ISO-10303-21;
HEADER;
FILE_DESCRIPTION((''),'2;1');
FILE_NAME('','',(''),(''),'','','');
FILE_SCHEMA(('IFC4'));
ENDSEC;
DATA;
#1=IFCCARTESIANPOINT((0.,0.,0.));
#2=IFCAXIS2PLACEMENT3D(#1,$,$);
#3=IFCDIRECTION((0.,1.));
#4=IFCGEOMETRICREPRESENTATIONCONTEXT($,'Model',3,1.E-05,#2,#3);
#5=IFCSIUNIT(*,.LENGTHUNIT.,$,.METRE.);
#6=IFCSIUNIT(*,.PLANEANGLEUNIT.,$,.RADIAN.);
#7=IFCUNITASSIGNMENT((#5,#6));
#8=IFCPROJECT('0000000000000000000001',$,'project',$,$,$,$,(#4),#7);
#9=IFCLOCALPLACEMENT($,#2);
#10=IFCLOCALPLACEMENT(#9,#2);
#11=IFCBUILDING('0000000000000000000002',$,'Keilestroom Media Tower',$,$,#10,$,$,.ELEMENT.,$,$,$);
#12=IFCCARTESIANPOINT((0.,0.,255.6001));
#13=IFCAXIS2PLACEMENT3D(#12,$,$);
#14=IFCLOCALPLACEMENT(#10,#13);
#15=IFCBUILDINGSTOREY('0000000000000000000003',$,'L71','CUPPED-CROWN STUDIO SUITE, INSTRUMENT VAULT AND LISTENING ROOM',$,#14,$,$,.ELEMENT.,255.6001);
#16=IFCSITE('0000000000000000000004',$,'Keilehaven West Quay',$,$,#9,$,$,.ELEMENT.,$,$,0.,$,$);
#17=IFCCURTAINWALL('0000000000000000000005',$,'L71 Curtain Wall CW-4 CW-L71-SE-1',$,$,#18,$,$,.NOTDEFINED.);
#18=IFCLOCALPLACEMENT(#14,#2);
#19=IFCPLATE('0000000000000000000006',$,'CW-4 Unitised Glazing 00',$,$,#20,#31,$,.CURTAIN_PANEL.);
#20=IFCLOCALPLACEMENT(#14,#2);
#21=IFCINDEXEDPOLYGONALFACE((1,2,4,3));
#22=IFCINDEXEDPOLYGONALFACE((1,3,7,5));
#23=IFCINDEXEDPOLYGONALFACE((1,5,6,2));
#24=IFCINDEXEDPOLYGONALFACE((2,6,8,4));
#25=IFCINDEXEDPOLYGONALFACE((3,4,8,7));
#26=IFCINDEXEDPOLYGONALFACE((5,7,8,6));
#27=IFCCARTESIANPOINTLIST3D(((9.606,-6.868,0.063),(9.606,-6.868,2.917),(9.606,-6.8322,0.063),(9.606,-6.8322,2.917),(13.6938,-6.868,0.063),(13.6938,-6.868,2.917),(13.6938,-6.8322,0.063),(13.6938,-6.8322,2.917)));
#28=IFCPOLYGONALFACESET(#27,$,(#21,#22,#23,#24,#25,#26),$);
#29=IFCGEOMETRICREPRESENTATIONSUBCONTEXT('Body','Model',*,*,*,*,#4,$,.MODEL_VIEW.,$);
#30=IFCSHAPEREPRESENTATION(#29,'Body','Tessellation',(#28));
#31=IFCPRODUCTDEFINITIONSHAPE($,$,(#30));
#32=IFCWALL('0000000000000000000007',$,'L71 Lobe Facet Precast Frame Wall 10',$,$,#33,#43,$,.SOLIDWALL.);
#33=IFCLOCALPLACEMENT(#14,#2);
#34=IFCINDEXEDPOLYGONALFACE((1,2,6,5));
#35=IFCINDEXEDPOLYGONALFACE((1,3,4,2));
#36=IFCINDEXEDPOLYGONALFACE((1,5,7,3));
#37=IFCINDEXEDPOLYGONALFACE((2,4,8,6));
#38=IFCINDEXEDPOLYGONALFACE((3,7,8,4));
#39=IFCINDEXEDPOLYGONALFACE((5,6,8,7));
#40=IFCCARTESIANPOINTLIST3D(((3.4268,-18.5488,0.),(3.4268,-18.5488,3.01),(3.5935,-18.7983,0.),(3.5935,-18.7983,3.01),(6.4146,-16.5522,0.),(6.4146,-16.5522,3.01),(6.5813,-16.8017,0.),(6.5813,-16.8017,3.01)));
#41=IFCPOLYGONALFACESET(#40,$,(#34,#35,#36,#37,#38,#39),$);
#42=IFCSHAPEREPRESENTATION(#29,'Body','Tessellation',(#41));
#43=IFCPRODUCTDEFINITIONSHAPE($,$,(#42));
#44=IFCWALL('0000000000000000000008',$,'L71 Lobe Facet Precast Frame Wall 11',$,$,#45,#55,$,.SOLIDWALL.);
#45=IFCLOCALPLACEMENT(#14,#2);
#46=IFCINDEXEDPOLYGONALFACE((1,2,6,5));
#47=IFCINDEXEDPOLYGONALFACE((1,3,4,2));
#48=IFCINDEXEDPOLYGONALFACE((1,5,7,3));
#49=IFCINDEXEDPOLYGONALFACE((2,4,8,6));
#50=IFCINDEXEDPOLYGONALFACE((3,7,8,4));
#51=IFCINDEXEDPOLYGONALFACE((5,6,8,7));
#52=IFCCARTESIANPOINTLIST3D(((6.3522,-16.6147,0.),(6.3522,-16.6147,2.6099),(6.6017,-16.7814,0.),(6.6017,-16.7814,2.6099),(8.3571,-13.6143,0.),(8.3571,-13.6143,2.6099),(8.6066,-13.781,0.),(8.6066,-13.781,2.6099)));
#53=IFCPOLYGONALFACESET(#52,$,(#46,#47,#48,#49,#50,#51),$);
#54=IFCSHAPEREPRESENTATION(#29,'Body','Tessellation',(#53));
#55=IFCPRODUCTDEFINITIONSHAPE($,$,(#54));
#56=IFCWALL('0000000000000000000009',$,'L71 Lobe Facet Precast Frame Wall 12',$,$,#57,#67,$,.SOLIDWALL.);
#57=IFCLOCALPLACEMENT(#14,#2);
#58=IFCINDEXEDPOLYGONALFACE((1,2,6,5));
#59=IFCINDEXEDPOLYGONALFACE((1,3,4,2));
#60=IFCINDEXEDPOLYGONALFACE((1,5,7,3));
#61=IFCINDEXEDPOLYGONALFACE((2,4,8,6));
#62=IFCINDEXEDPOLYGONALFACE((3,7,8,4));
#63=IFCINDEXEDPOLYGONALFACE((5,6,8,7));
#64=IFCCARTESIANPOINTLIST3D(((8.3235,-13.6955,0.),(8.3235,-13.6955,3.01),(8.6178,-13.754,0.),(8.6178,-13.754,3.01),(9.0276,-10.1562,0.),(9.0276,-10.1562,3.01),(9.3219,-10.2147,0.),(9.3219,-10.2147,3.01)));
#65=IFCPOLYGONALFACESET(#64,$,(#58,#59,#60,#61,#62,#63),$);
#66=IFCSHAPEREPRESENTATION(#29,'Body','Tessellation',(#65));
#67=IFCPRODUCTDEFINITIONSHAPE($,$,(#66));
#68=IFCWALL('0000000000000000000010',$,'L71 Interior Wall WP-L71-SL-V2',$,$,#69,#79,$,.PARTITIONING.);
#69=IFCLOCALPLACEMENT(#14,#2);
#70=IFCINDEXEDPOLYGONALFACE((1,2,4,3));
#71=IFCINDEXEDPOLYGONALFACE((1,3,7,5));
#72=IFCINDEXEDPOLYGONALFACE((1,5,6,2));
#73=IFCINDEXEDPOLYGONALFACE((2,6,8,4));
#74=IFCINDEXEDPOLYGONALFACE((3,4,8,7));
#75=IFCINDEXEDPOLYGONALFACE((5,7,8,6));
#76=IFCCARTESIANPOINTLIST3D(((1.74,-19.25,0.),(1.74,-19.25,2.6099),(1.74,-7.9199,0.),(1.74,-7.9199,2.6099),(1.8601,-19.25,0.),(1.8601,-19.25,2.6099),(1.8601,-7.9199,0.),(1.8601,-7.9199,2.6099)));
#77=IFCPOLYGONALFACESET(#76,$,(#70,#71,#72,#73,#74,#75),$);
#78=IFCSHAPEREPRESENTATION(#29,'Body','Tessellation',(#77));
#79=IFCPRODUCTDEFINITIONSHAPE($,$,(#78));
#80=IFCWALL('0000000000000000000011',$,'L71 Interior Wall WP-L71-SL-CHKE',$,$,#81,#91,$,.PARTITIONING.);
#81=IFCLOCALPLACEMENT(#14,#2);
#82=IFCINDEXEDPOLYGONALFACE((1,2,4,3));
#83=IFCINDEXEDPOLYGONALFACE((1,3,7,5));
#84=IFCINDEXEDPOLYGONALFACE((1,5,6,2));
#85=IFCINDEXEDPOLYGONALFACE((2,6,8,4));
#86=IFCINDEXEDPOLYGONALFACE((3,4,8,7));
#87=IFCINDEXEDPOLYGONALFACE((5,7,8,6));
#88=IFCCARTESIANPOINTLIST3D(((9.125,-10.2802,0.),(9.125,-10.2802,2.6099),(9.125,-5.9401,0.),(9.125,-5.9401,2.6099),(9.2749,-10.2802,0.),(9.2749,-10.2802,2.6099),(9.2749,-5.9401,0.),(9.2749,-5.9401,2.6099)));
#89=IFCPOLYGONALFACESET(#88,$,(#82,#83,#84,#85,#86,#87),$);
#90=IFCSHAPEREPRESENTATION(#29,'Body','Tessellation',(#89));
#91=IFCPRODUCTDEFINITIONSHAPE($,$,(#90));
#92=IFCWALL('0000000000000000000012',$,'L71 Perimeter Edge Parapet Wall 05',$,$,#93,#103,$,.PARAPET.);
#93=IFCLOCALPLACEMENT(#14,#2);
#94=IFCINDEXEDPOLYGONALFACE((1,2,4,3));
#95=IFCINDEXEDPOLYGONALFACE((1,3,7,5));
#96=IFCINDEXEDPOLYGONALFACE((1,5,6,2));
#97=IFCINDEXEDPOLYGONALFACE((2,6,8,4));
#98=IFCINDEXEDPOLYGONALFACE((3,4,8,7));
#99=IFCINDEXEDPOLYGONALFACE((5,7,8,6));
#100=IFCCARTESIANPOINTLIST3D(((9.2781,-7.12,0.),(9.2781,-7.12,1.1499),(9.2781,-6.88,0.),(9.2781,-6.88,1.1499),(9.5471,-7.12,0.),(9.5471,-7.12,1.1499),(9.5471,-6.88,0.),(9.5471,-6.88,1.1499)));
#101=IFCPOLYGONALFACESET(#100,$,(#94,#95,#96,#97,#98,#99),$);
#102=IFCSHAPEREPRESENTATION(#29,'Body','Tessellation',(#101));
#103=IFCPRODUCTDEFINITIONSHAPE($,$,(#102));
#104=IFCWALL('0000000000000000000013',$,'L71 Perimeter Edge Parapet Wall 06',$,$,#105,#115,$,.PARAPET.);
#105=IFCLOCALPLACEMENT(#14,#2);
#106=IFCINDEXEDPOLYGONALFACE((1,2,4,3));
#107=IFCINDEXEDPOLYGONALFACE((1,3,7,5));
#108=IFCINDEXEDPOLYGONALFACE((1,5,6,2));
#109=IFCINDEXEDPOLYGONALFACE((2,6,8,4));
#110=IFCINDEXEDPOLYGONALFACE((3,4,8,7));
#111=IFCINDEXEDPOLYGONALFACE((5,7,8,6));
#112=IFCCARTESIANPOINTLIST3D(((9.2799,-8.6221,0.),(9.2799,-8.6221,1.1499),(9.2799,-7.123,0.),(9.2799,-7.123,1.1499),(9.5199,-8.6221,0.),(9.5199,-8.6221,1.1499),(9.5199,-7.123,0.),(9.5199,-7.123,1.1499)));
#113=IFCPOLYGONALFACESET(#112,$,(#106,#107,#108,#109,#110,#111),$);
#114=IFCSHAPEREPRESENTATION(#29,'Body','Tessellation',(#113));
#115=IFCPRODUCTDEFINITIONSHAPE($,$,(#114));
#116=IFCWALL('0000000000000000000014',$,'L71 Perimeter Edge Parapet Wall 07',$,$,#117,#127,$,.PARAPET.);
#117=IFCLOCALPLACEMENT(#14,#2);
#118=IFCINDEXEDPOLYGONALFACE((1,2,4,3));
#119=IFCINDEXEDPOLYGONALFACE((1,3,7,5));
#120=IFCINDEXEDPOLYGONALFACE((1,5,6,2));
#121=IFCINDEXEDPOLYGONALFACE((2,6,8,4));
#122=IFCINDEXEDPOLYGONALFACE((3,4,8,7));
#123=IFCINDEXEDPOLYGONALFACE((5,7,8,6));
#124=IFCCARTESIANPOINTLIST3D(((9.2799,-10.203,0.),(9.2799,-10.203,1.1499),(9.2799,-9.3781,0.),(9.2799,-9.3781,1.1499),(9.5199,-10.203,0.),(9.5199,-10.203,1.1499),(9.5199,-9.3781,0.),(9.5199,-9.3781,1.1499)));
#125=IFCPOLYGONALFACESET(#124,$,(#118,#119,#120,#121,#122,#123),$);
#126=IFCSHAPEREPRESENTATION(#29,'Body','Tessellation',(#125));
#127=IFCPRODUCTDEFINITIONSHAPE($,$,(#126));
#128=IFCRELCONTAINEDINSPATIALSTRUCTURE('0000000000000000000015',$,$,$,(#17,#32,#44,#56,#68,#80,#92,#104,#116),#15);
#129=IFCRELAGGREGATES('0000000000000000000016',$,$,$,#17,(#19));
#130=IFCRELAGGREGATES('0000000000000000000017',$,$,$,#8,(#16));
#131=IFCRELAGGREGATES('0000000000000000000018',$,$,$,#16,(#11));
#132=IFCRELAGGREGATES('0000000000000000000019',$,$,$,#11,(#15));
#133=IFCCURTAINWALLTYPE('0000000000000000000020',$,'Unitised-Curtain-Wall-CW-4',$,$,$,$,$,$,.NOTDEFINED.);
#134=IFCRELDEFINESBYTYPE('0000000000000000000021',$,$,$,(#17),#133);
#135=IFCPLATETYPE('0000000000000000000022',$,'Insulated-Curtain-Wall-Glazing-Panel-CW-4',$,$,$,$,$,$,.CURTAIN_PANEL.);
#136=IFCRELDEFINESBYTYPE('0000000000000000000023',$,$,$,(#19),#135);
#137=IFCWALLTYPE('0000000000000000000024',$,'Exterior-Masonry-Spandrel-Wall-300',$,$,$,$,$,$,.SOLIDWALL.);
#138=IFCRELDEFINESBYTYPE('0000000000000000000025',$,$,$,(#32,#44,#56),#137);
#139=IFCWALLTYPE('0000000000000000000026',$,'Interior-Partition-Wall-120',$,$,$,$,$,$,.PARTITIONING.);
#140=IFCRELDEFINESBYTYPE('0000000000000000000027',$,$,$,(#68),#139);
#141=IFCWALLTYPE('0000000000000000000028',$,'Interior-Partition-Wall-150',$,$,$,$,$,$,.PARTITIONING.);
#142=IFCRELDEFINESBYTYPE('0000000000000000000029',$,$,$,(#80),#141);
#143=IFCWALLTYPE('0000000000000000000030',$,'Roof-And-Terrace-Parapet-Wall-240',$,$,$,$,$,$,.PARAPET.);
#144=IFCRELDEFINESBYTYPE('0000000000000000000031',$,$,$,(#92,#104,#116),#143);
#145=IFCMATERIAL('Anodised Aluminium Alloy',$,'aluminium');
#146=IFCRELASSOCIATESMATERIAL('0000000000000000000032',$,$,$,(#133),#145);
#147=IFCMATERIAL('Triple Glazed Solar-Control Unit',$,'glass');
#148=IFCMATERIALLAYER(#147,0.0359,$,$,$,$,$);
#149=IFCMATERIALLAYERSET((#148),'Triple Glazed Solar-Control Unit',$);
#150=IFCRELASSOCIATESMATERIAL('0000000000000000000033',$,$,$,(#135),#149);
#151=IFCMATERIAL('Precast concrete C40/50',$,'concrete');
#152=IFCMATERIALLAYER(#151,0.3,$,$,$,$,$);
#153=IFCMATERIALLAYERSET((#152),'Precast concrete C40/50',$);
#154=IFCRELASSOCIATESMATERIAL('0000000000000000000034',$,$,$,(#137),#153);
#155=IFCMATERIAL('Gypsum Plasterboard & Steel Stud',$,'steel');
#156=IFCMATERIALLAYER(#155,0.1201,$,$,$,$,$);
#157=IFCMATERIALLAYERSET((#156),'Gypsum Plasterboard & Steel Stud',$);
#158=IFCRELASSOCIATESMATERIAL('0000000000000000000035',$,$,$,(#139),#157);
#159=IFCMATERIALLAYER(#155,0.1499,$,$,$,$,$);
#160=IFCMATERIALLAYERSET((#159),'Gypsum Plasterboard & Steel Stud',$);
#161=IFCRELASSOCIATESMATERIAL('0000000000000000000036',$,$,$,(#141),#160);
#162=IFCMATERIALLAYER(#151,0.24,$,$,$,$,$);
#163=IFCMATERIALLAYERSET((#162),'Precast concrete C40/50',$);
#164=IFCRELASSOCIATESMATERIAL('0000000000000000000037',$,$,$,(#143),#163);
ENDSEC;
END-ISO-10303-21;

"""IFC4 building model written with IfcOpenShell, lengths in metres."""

from ifc_helpers import new_model, si_unit, direction, frame, frame_2d, origin, origin_2d, place, context, subcontext, project, spatial, rectangle, extrude, source, transform, mapped, material, layer, layer_set, type_object, element, aggregate, save


model = new_model("IFC4")

# Units and contexts
model_context = context("Model", 3, precision=1e-05, world=origin(), true_north=direction((0.0, 1.0)))
body_context = subcontext(model_context, "Body", "Model", "MODEL_VIEW")
ifc_project = project(units=[si_unit("LENGTHUNIT", "METRE"), si_unit("PLANEANGLEUNIT", "RADIAN")], contexts=[model_context])

# Site, building, storey
site_placement = place(None, origin())
site = spatial("IfcSite", under=ifc_project, at=site_placement, Name="Keilehaven West Quay", CompositionType="ELEMENT", RefElevation=0.0)
building_placement = place(site_placement, origin())
building = spatial("IfcBuilding", under=site, at=building_placement, Name="Keilestroom Media Tower", CompositionType="ELEMENT")
storey_placement = place(building_placement, frame((0.0, 0.0, 255.6001)))
storey = spatial("IfcBuildingStorey", under=building, at=storey_placement, Name="L71", Description="CUPPED-CROWN STUDIO SUITE, INSTRUMENT VAULT AND LISTENING ROOM", CompositionType="ELEMENT", Elevation=255.6001)

# Curtain wall
ifc_material_1 = material(Name="Anodised Aluminium Alloy", Category="aluminium")
curtain_wall_type_1 = type_object("IfcCurtainWallType", Name="Unitised-Curtain-Wall-CW-4", PredefinedType="NOTDEFINED", material=ifc_material_1)
curtain_wall_1_placement = place(storey_placement, origin())
curtain_wall_1 = element("IfcCurtainWall", 1, at=curtain_wall_1_placement, inside=storey, type_object=curtain_wall_type_1, Name="L71 Curtain Wall CW-4 CW-L71-SE-1", PredefinedType="NOTDEFINED")

# Plate
ifc_material_2 = material(Name="Triple Glazed Solar-Control Unit", Category="glass")
ifc_layer_1 = layer(ifc_material_2, 0.0359)
ifc_layer_set_1 = layer_set([ifc_layer_1], Name="Triple Glazed Solar-Control Unit")
plate_type_1 = type_object("IfcPlateType", Name="Insulated-Curtain-Wall-Glazing-Panel-CW-4", PredefinedType="CURTAIN_PANEL", material=ifc_layer_set_1)
shared_shape_1 = source(origin(), body_context, "Body", "SweptSolid", [
    extrude(rectangle(XDim=4.0879, YDim=0.0359, at=origin_2d()), origin(), (0.0, 0.0, 1.0), 2.854),
])
plate_1_placement = place(storey_placement, frame((11.6499, -6.8501, 0.063), z_axis=(0.0, 0.0, 1.0), x_axis=(1.0, 0.0, 0.0)))
plate_1 = element("IfcPlate", 2, at=plate_1_placement, type_object=plate_type_1, Name="CW-4 Unitised Glazing 00", PredefinedType="CURTAIN_PANEL", context=body_context, shape_type="MappedRepresentation", body=[
    mapped(shared_shape_1, transform((0.0, 0.0, 0.0), x_axis=(1.0, 0.0, 0.0), y_axis=(0.0, 1.0, 0.0), z_axis=(0.0, 0.0, 1.0), scale=1.0)),
])
aggregate(curtain_wall_1, [plate_1])

# Walls
ifc_material_3 = material(Name="Precast concrete C40/50", Category="concrete")
ifc_layer_2 = layer(ifc_material_3, 0.3)
ifc_layer_set_2 = layer_set([ifc_layer_2], Name="Precast concrete C40/50")
wall_type_1 = type_object("IfcWallType", Name="Exterior-Masonry-Spandrel-Wall-300", PredefinedType="SOLIDWALL", material=ifc_layer_set_2)
wall_1_placement = place(storey_placement, frame((3.51, -18.6736, 0.0), z_axis=(0.0, 0.0, 1.0), x_axis=(0.831444, 0.555609, 0.0)))
element("IfcWall", 3, at=wall_1_placement, inside=storey, type_object=wall_type_1, Name="L71 Lobe Facet Precast Frame Wall 10", PredefinedType="SOLIDWALL", context=body_context, shape_type="SweptSolid", body=[
    extrude(rectangle(XDim=3.5935, YDim=0.3, at=frame_2d((1.7969, 0.0))), origin(), (0.0, 0.0, 1.0), 3.01),
])
wall_2_placement = place(storey_placement, frame((6.4771, -16.698, 0.0), z_axis=(0.0, 0.0, 1.0), x_axis=(0.555574, 0.831467, 0.0)))
element("IfcWall", 4, at=wall_2_placement, inside=storey, type_object=wall_type_1, Name="L71 Lobe Facet Precast Frame Wall 11", PredefinedType="SOLIDWALL", context=body_context, shape_type="SweptSolid", body=[
    extrude(rectangle(XDim=3.6086, YDim=0.3, at=frame_2d((1.8042, 0.0))), origin(), (0.0, 0.0, 1.0), 2.6099),
])
wall_3_placement = place(storey_placement, frame((8.4707, -13.7246, 0.0), z_axis=(0.0, 0.0, 1.0), x_axis=(0.195114, 0.980781, 0.0)))
element("IfcWall", 5, at=wall_3_placement, inside=storey, type_object=wall_type_1, Name="L71 Lobe Facet Precast Frame Wall 12", PredefinedType="SOLIDWALL", context=body_context, shape_type="SweptSolid", body=[
    extrude(rectangle(XDim=3.6086, YDim=0.3, at=frame_2d((1.8042, 0.0))), origin(), (0.0, 0.0, 1.0), 3.01),
])
ifc_material_4 = material(Name="Gypsum Plasterboard & Steel Stud", Category="steel")
ifc_layer_3 = layer(ifc_material_4, 0.1201)
ifc_layer_set_3 = layer_set([ifc_layer_3], Name="Gypsum Plasterboard & Steel Stud")
wall_type_2 = type_object("IfcWallType", Name="Interior-Partition-Wall-120", PredefinedType="PARTITIONING", material=ifc_layer_set_3)
wall_4_placement = place(storey_placement, frame((1.8, -19.25, 0.0), z_axis=(0.0, 0.0, 1.0), x_axis=(0.0, 1.0, 0.0)))
element("IfcWall", 6, at=wall_4_placement, inside=storey, type_object=wall_type_2, Name="L71 Interior Wall WP-L71-SL-V2", PredefinedType="PARTITIONING", context=body_context, shape_type="SweptSolid", body=[
    extrude(rectangle(XDim=11.3301, YDim=0.1201, at=frame_2d((5.665, 0.0))), origin(), (0.0, 0.0, 1.0), 2.6099),
])
ifc_layer_4 = layer(ifc_material_4, 0.1499)
ifc_layer_set_4 = layer_set([ifc_layer_4], Name="Gypsum Plasterboard & Steel Stud")
wall_type_3 = type_object("IfcWallType", Name="Interior-Partition-Wall-150", PredefinedType="PARTITIONING", material=ifc_layer_set_4)
wall_5_placement = place(storey_placement, frame((9.2, -10.28, 0.0), z_axis=(0.0, 0.0, 1.0), x_axis=(0.0, 1.0, 0.0)))
element("IfcWall", 7, at=wall_5_placement, inside=storey, type_object=wall_type_3, Name="L71 Interior Wall WP-L71-SL-CHKE", PredefinedType="PARTITIONING", context=body_context, shape_type="SweptSolid", body=[
    extrude(rectangle(XDim=4.3401, YDim=0.1499, at=frame_2d((2.1699, 0.0))), origin(), (0.0, 0.0, 1.0), 2.6099),
])
ifc_layer_5 = layer(ifc_material_3, 0.24)
ifc_layer_set_5 = layer_set([ifc_layer_5], Name="Precast concrete C40/50")
wall_type_4 = type_object("IfcWallType", Name="Roof-And-Terrace-Parapet-Wall-240", PredefinedType="PARAPET", material=ifc_layer_set_5)
wall_6_placement = place(storey_placement, frame((9.5471, -7.0, 0.0), z_axis=(0.0, 0.0, 1.0), x_axis=(-1.0, 0.0, 0.0)))
element("IfcWall", 8, at=wall_6_placement, inside=storey, type_object=wall_type_4, Name="L71 Perimeter Edge Parapet Wall 05", PredefinedType="PARAPET", context=body_context, shape_type="SweptSolid", body=[
    extrude(rectangle(XDim=0.269, YDim=0.24, at=frame_2d((0.1345, 0.0))), origin(), (0.0, 0.0, 1.0), 1.1499),
])
wall_7_placement = place(storey_placement, frame((9.3999, -7.123, 0.0), z_axis=(0.0, 0.0, 1.0), x_axis=(0.0, -1.0, 0.0)))
element("IfcWall", 9, at=wall_7_placement, inside=storey, type_object=wall_type_4, Name="L71 Perimeter Edge Parapet Wall 06", PredefinedType="PARAPET", context=body_context, shape_type="SweptSolid", body=[
    extrude(rectangle(XDim=1.499, YDim=0.24, at=frame_2d((0.7495, 0.0))), origin(), (0.0, 0.0, 1.0), 1.1499),
])
wall_8_placement = place(storey_placement, frame((9.3999, -9.3779, 0.0), z_axis=(0.0, 0.0, 1.0), x_axis=(0.0, -1.0, 0.0)))
element("IfcWall", 10, at=wall_8_placement, inside=storey, type_object=wall_type_4, Name="L71 Perimeter Edge Parapet Wall 07", PredefinedType="PARAPET", context=body_context, shape_type="SweptSolid", body=[
    extrude(rectangle(XDim=0.825, YDim=0.24, at=frame_2d((0.4126, 0.0))), origin(), (0.0, 0.0, 1.0), 1.1499),
])

save(model, "model.ifc")
